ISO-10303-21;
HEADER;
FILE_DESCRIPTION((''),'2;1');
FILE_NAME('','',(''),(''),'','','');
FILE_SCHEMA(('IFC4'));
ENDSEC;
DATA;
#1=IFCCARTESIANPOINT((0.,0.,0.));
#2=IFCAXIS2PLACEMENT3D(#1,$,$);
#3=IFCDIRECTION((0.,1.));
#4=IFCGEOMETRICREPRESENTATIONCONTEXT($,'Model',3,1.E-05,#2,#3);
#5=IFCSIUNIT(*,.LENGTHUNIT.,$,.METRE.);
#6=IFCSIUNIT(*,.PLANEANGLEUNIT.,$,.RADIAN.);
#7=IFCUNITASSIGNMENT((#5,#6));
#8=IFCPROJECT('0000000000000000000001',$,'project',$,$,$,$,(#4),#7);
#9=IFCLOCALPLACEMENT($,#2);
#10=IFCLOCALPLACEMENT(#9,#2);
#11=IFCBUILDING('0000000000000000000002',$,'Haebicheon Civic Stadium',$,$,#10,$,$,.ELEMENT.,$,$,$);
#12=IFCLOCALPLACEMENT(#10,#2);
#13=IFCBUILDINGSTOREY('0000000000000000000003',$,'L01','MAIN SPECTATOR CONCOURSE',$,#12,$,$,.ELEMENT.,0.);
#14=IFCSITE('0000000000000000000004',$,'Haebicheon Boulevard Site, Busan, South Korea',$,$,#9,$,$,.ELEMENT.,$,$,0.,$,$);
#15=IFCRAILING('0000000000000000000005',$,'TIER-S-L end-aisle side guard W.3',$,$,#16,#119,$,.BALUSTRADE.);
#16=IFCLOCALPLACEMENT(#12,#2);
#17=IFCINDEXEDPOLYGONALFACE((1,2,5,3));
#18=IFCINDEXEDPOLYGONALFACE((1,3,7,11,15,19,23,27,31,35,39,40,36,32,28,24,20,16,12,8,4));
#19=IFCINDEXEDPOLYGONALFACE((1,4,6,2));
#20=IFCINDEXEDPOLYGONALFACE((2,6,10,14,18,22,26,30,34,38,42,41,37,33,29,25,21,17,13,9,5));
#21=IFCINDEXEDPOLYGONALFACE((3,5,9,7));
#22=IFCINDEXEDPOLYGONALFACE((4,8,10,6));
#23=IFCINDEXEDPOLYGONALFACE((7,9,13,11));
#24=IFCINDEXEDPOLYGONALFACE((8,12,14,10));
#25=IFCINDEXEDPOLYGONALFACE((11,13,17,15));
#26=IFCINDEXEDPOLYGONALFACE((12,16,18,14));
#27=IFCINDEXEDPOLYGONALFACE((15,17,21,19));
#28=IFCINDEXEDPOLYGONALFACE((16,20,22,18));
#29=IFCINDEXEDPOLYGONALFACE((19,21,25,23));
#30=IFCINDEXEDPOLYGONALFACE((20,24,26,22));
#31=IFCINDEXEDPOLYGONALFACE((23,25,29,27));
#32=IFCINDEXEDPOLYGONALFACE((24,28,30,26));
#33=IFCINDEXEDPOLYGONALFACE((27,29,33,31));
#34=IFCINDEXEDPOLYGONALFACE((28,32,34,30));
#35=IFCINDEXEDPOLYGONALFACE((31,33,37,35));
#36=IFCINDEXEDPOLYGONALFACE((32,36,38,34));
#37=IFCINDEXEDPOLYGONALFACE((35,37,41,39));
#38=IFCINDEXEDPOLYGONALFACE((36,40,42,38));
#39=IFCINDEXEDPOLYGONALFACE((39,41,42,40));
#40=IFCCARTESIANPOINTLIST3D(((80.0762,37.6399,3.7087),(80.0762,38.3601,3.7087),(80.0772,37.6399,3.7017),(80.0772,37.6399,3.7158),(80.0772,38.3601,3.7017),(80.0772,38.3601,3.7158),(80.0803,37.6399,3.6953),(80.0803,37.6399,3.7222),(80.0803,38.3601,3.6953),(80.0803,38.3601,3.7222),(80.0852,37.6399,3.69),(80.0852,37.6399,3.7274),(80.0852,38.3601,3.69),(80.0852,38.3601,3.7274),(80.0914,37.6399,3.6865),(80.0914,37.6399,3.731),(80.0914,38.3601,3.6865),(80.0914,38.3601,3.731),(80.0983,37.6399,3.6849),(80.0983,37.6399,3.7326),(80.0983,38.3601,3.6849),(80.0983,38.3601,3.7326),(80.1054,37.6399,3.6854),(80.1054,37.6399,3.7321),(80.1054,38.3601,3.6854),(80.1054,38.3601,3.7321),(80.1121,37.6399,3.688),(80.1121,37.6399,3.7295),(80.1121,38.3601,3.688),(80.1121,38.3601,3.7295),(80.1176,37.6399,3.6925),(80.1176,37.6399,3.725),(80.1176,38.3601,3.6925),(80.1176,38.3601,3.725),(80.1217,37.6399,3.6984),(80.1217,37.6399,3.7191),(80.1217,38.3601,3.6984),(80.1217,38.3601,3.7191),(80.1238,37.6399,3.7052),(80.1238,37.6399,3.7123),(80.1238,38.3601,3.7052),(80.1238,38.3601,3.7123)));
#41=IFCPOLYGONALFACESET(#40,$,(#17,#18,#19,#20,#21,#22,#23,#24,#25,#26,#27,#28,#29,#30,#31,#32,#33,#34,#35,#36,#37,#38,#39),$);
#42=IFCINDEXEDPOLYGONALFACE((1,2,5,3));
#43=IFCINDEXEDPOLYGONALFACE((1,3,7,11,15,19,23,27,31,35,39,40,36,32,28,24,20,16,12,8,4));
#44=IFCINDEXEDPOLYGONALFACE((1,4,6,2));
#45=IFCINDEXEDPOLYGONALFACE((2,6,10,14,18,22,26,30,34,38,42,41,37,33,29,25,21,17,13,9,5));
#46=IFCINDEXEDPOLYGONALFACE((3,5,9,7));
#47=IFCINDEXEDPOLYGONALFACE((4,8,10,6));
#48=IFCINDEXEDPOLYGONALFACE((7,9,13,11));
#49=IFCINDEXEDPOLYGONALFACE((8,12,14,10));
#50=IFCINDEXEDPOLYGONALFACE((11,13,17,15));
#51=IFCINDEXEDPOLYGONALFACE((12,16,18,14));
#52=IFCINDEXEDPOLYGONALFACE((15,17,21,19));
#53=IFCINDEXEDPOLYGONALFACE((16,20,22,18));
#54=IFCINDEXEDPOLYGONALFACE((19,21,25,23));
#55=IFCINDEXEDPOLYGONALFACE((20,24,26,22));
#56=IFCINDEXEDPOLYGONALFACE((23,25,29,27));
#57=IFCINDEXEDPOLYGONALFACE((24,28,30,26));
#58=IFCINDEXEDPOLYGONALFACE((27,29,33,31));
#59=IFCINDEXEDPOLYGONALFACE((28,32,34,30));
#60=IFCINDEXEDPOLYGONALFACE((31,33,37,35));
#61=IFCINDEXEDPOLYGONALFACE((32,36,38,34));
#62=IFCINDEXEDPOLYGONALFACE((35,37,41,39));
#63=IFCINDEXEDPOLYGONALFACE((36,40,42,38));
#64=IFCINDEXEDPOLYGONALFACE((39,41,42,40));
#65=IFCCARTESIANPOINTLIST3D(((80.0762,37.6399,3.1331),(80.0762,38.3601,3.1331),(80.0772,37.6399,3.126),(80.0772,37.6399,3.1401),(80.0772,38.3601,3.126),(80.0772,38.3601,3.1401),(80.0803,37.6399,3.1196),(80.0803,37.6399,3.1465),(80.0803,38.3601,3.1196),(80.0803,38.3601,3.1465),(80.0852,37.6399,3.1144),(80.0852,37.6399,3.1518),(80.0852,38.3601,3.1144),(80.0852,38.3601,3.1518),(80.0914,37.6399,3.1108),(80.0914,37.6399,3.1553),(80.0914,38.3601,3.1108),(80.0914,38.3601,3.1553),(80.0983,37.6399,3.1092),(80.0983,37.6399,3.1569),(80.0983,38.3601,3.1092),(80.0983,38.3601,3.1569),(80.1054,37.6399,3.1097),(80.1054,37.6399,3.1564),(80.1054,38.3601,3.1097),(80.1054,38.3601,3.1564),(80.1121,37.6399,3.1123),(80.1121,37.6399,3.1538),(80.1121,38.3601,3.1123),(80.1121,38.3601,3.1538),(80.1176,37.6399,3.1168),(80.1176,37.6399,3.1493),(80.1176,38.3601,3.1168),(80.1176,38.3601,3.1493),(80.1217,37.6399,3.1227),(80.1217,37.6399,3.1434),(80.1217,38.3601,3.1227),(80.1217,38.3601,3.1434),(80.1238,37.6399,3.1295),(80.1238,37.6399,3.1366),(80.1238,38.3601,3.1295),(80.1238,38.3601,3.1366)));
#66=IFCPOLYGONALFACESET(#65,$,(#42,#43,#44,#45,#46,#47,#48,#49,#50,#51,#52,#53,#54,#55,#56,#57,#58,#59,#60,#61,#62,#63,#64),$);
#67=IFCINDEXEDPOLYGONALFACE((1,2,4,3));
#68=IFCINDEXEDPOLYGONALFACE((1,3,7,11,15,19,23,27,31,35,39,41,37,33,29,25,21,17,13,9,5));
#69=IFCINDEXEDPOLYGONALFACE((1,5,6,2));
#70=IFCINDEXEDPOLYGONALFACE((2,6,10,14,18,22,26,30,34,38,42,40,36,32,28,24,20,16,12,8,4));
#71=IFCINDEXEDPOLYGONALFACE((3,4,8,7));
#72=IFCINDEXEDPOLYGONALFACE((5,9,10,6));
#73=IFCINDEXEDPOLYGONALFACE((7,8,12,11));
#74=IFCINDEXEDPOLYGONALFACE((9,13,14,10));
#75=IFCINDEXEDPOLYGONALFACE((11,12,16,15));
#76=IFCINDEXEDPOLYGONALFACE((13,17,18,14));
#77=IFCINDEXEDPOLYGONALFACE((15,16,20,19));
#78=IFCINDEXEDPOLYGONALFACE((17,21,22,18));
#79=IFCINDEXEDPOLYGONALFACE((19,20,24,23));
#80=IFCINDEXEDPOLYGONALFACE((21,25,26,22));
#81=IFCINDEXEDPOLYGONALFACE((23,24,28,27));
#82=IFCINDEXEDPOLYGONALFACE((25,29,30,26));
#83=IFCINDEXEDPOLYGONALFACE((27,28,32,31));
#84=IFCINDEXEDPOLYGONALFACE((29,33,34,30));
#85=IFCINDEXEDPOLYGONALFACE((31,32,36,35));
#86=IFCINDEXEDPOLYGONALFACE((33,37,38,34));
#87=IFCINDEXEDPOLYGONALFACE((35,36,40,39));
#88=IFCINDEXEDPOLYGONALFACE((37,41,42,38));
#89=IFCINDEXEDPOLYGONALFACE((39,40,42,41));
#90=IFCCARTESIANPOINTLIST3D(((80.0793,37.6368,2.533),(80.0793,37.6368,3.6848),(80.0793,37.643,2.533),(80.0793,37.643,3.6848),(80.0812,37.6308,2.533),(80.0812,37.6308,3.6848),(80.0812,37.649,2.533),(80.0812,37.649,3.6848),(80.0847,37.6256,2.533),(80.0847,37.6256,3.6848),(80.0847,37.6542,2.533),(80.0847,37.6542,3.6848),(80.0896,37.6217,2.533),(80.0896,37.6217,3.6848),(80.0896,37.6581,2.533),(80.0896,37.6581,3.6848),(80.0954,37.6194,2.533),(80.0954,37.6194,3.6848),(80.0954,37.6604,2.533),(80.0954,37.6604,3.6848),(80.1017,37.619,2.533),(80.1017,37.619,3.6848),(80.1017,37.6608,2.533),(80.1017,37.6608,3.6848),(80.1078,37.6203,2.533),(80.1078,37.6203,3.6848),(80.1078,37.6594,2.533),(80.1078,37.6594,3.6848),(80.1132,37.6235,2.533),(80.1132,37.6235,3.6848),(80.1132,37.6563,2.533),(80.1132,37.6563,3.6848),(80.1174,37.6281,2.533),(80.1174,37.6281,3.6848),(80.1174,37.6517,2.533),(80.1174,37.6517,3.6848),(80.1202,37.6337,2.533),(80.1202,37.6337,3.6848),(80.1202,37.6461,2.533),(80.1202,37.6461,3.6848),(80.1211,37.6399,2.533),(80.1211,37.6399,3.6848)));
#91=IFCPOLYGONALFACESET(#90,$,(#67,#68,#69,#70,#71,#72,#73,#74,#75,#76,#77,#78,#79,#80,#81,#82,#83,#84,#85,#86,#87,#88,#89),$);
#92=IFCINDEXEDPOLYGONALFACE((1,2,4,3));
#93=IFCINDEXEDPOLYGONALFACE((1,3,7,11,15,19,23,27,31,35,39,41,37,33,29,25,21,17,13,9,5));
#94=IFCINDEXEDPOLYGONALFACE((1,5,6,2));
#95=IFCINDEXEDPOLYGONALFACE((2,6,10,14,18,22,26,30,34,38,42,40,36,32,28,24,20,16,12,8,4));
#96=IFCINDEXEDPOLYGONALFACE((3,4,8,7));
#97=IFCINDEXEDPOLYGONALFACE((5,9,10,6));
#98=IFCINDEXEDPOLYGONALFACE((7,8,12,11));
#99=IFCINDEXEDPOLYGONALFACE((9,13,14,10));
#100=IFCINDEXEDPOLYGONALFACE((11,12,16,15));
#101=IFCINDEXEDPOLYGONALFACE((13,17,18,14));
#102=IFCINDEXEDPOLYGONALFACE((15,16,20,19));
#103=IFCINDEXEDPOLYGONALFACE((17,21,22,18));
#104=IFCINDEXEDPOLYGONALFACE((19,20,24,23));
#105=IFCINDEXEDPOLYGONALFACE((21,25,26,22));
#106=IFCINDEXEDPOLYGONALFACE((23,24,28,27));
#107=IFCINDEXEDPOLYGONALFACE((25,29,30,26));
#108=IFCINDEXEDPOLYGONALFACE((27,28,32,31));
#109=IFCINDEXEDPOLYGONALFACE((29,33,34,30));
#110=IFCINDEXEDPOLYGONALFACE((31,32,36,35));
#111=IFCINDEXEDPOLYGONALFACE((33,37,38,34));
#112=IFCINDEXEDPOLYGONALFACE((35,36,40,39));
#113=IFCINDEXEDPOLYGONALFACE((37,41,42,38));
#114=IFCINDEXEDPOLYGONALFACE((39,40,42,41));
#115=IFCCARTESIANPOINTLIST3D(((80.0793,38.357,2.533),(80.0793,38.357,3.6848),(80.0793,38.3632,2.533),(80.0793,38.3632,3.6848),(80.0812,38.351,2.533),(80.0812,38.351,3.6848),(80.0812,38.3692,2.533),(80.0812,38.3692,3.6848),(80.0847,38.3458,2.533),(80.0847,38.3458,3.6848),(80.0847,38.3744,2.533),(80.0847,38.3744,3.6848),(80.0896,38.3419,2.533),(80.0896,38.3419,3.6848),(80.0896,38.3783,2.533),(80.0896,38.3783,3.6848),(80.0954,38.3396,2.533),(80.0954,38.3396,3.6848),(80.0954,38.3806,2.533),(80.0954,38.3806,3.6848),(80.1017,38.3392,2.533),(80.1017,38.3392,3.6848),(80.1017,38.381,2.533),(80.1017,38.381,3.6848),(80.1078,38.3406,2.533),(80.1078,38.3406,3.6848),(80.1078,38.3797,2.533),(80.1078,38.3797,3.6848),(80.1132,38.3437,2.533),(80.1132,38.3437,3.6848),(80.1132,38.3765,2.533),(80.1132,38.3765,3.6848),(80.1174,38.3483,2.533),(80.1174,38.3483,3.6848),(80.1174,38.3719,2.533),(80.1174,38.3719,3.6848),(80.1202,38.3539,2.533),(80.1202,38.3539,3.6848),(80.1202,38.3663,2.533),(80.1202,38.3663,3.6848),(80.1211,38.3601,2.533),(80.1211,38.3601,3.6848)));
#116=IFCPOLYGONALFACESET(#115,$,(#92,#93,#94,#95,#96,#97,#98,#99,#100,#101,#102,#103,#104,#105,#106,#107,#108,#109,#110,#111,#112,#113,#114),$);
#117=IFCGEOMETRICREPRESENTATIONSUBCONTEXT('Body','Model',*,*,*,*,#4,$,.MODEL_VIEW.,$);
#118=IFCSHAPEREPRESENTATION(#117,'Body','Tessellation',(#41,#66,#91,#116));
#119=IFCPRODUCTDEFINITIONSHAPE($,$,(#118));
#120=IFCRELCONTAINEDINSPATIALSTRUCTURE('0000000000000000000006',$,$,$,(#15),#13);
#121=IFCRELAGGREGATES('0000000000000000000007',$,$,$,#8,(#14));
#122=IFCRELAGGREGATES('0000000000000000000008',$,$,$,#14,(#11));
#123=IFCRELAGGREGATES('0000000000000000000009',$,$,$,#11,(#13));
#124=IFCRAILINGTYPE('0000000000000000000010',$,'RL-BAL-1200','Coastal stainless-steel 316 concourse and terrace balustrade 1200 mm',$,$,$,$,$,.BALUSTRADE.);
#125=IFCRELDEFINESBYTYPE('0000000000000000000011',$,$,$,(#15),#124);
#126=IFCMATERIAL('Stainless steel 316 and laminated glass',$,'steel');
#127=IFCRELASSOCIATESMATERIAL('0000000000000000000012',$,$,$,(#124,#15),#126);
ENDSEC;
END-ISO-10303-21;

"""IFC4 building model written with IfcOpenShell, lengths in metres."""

from ifc_helpers import new_model, si_unit, direction, frame, origin, origin_2d, place, context, subcontext, project, spatial, circle, extrude, material, type_object, element, save


model = new_model("IFC4")

# Units and contexts
model_context = context("Model", 3, precision=1e-05, world=origin(), true_north=direction((0.0, 1.0)))
body_context = subcontext(model_context, "Body", "Model", "MODEL_VIEW")
ifc_project = project(units=[si_unit("LENGTHUNIT", "METRE"), si_unit("PLANEANGLEUNIT", "RADIAN")], contexts=[model_context])

# Site, building, storey
site_placement = place(None, origin())
site = spatial("IfcSite", under=ifc_project, at=site_placement, Name="Haebicheon Boulevard Site, Busan, South Korea", CompositionType="ELEMENT", RefElevation=0.0)
building_placement = place(site_placement, origin())
building = spatial("IfcBuilding", under=site, at=building_placement, Name="Haebicheon Civic Stadium", CompositionType="ELEMENT")
storey_placement = place(building_placement, origin())
storey = spatial("IfcBuildingStorey", under=building, at=storey_placement, Name="L01", Description="MAIN SPECTATOR CONCOURSE", CompositionType="ELEMENT", Elevation=0.0)

# Railing
ifc_material_1 = material(Name="Stainless steel 316 and laminated glass", Category="steel")
railing_type = type_object("IfcRailingType", Name="RL-BAL-1200", Description="Coastal stainless-steel 316 concourse and terrace balustrade 1200 mm", PredefinedType="BALUSTRADE", material=ifc_material_1)
railing_1_placement = place(storey_placement, frame((80.1001, 37.6399, 2.533)))
element("IfcRailing", 1, at=railing_1_placement, inside=storey, type_object=railing_type, material=ifc_material_1, Name="TIER-S-L end-aisle side guard W.3", PredefinedType="BALUSTRADE", context=body_context, shape_type="SweptSolid", body=[
    extrude(circle(Radius=0.0239, at=origin_2d()), frame((0.0, 0.0, 1.1758), z_axis=(0.0, 1.0, 0.0), x_axis=(-1.0, 0.0, 0.0)), (0.0, 0.0, 1.0), 0.7202),
    extrude(circle(Radius=0.0239, at=origin_2d()), frame((0.0, 0.0, 0.6001), z_axis=(0.0, 1.0, 0.0), x_axis=(-1.0, 0.0, 0.0)), (0.0, 0.0, 1.0), 0.7202),
    extrude(circle(Radius=0.021, at=origin_2d()), origin(), (0.0, 0.0, 1.0), 1.1519),
    extrude(circle(Radius=0.021, at=origin_2d()), frame((0.0, 0.7202, 0.0)), (0.0, 0.0, 1.0), 1.1519),
])

save(model, "model.ifc")
